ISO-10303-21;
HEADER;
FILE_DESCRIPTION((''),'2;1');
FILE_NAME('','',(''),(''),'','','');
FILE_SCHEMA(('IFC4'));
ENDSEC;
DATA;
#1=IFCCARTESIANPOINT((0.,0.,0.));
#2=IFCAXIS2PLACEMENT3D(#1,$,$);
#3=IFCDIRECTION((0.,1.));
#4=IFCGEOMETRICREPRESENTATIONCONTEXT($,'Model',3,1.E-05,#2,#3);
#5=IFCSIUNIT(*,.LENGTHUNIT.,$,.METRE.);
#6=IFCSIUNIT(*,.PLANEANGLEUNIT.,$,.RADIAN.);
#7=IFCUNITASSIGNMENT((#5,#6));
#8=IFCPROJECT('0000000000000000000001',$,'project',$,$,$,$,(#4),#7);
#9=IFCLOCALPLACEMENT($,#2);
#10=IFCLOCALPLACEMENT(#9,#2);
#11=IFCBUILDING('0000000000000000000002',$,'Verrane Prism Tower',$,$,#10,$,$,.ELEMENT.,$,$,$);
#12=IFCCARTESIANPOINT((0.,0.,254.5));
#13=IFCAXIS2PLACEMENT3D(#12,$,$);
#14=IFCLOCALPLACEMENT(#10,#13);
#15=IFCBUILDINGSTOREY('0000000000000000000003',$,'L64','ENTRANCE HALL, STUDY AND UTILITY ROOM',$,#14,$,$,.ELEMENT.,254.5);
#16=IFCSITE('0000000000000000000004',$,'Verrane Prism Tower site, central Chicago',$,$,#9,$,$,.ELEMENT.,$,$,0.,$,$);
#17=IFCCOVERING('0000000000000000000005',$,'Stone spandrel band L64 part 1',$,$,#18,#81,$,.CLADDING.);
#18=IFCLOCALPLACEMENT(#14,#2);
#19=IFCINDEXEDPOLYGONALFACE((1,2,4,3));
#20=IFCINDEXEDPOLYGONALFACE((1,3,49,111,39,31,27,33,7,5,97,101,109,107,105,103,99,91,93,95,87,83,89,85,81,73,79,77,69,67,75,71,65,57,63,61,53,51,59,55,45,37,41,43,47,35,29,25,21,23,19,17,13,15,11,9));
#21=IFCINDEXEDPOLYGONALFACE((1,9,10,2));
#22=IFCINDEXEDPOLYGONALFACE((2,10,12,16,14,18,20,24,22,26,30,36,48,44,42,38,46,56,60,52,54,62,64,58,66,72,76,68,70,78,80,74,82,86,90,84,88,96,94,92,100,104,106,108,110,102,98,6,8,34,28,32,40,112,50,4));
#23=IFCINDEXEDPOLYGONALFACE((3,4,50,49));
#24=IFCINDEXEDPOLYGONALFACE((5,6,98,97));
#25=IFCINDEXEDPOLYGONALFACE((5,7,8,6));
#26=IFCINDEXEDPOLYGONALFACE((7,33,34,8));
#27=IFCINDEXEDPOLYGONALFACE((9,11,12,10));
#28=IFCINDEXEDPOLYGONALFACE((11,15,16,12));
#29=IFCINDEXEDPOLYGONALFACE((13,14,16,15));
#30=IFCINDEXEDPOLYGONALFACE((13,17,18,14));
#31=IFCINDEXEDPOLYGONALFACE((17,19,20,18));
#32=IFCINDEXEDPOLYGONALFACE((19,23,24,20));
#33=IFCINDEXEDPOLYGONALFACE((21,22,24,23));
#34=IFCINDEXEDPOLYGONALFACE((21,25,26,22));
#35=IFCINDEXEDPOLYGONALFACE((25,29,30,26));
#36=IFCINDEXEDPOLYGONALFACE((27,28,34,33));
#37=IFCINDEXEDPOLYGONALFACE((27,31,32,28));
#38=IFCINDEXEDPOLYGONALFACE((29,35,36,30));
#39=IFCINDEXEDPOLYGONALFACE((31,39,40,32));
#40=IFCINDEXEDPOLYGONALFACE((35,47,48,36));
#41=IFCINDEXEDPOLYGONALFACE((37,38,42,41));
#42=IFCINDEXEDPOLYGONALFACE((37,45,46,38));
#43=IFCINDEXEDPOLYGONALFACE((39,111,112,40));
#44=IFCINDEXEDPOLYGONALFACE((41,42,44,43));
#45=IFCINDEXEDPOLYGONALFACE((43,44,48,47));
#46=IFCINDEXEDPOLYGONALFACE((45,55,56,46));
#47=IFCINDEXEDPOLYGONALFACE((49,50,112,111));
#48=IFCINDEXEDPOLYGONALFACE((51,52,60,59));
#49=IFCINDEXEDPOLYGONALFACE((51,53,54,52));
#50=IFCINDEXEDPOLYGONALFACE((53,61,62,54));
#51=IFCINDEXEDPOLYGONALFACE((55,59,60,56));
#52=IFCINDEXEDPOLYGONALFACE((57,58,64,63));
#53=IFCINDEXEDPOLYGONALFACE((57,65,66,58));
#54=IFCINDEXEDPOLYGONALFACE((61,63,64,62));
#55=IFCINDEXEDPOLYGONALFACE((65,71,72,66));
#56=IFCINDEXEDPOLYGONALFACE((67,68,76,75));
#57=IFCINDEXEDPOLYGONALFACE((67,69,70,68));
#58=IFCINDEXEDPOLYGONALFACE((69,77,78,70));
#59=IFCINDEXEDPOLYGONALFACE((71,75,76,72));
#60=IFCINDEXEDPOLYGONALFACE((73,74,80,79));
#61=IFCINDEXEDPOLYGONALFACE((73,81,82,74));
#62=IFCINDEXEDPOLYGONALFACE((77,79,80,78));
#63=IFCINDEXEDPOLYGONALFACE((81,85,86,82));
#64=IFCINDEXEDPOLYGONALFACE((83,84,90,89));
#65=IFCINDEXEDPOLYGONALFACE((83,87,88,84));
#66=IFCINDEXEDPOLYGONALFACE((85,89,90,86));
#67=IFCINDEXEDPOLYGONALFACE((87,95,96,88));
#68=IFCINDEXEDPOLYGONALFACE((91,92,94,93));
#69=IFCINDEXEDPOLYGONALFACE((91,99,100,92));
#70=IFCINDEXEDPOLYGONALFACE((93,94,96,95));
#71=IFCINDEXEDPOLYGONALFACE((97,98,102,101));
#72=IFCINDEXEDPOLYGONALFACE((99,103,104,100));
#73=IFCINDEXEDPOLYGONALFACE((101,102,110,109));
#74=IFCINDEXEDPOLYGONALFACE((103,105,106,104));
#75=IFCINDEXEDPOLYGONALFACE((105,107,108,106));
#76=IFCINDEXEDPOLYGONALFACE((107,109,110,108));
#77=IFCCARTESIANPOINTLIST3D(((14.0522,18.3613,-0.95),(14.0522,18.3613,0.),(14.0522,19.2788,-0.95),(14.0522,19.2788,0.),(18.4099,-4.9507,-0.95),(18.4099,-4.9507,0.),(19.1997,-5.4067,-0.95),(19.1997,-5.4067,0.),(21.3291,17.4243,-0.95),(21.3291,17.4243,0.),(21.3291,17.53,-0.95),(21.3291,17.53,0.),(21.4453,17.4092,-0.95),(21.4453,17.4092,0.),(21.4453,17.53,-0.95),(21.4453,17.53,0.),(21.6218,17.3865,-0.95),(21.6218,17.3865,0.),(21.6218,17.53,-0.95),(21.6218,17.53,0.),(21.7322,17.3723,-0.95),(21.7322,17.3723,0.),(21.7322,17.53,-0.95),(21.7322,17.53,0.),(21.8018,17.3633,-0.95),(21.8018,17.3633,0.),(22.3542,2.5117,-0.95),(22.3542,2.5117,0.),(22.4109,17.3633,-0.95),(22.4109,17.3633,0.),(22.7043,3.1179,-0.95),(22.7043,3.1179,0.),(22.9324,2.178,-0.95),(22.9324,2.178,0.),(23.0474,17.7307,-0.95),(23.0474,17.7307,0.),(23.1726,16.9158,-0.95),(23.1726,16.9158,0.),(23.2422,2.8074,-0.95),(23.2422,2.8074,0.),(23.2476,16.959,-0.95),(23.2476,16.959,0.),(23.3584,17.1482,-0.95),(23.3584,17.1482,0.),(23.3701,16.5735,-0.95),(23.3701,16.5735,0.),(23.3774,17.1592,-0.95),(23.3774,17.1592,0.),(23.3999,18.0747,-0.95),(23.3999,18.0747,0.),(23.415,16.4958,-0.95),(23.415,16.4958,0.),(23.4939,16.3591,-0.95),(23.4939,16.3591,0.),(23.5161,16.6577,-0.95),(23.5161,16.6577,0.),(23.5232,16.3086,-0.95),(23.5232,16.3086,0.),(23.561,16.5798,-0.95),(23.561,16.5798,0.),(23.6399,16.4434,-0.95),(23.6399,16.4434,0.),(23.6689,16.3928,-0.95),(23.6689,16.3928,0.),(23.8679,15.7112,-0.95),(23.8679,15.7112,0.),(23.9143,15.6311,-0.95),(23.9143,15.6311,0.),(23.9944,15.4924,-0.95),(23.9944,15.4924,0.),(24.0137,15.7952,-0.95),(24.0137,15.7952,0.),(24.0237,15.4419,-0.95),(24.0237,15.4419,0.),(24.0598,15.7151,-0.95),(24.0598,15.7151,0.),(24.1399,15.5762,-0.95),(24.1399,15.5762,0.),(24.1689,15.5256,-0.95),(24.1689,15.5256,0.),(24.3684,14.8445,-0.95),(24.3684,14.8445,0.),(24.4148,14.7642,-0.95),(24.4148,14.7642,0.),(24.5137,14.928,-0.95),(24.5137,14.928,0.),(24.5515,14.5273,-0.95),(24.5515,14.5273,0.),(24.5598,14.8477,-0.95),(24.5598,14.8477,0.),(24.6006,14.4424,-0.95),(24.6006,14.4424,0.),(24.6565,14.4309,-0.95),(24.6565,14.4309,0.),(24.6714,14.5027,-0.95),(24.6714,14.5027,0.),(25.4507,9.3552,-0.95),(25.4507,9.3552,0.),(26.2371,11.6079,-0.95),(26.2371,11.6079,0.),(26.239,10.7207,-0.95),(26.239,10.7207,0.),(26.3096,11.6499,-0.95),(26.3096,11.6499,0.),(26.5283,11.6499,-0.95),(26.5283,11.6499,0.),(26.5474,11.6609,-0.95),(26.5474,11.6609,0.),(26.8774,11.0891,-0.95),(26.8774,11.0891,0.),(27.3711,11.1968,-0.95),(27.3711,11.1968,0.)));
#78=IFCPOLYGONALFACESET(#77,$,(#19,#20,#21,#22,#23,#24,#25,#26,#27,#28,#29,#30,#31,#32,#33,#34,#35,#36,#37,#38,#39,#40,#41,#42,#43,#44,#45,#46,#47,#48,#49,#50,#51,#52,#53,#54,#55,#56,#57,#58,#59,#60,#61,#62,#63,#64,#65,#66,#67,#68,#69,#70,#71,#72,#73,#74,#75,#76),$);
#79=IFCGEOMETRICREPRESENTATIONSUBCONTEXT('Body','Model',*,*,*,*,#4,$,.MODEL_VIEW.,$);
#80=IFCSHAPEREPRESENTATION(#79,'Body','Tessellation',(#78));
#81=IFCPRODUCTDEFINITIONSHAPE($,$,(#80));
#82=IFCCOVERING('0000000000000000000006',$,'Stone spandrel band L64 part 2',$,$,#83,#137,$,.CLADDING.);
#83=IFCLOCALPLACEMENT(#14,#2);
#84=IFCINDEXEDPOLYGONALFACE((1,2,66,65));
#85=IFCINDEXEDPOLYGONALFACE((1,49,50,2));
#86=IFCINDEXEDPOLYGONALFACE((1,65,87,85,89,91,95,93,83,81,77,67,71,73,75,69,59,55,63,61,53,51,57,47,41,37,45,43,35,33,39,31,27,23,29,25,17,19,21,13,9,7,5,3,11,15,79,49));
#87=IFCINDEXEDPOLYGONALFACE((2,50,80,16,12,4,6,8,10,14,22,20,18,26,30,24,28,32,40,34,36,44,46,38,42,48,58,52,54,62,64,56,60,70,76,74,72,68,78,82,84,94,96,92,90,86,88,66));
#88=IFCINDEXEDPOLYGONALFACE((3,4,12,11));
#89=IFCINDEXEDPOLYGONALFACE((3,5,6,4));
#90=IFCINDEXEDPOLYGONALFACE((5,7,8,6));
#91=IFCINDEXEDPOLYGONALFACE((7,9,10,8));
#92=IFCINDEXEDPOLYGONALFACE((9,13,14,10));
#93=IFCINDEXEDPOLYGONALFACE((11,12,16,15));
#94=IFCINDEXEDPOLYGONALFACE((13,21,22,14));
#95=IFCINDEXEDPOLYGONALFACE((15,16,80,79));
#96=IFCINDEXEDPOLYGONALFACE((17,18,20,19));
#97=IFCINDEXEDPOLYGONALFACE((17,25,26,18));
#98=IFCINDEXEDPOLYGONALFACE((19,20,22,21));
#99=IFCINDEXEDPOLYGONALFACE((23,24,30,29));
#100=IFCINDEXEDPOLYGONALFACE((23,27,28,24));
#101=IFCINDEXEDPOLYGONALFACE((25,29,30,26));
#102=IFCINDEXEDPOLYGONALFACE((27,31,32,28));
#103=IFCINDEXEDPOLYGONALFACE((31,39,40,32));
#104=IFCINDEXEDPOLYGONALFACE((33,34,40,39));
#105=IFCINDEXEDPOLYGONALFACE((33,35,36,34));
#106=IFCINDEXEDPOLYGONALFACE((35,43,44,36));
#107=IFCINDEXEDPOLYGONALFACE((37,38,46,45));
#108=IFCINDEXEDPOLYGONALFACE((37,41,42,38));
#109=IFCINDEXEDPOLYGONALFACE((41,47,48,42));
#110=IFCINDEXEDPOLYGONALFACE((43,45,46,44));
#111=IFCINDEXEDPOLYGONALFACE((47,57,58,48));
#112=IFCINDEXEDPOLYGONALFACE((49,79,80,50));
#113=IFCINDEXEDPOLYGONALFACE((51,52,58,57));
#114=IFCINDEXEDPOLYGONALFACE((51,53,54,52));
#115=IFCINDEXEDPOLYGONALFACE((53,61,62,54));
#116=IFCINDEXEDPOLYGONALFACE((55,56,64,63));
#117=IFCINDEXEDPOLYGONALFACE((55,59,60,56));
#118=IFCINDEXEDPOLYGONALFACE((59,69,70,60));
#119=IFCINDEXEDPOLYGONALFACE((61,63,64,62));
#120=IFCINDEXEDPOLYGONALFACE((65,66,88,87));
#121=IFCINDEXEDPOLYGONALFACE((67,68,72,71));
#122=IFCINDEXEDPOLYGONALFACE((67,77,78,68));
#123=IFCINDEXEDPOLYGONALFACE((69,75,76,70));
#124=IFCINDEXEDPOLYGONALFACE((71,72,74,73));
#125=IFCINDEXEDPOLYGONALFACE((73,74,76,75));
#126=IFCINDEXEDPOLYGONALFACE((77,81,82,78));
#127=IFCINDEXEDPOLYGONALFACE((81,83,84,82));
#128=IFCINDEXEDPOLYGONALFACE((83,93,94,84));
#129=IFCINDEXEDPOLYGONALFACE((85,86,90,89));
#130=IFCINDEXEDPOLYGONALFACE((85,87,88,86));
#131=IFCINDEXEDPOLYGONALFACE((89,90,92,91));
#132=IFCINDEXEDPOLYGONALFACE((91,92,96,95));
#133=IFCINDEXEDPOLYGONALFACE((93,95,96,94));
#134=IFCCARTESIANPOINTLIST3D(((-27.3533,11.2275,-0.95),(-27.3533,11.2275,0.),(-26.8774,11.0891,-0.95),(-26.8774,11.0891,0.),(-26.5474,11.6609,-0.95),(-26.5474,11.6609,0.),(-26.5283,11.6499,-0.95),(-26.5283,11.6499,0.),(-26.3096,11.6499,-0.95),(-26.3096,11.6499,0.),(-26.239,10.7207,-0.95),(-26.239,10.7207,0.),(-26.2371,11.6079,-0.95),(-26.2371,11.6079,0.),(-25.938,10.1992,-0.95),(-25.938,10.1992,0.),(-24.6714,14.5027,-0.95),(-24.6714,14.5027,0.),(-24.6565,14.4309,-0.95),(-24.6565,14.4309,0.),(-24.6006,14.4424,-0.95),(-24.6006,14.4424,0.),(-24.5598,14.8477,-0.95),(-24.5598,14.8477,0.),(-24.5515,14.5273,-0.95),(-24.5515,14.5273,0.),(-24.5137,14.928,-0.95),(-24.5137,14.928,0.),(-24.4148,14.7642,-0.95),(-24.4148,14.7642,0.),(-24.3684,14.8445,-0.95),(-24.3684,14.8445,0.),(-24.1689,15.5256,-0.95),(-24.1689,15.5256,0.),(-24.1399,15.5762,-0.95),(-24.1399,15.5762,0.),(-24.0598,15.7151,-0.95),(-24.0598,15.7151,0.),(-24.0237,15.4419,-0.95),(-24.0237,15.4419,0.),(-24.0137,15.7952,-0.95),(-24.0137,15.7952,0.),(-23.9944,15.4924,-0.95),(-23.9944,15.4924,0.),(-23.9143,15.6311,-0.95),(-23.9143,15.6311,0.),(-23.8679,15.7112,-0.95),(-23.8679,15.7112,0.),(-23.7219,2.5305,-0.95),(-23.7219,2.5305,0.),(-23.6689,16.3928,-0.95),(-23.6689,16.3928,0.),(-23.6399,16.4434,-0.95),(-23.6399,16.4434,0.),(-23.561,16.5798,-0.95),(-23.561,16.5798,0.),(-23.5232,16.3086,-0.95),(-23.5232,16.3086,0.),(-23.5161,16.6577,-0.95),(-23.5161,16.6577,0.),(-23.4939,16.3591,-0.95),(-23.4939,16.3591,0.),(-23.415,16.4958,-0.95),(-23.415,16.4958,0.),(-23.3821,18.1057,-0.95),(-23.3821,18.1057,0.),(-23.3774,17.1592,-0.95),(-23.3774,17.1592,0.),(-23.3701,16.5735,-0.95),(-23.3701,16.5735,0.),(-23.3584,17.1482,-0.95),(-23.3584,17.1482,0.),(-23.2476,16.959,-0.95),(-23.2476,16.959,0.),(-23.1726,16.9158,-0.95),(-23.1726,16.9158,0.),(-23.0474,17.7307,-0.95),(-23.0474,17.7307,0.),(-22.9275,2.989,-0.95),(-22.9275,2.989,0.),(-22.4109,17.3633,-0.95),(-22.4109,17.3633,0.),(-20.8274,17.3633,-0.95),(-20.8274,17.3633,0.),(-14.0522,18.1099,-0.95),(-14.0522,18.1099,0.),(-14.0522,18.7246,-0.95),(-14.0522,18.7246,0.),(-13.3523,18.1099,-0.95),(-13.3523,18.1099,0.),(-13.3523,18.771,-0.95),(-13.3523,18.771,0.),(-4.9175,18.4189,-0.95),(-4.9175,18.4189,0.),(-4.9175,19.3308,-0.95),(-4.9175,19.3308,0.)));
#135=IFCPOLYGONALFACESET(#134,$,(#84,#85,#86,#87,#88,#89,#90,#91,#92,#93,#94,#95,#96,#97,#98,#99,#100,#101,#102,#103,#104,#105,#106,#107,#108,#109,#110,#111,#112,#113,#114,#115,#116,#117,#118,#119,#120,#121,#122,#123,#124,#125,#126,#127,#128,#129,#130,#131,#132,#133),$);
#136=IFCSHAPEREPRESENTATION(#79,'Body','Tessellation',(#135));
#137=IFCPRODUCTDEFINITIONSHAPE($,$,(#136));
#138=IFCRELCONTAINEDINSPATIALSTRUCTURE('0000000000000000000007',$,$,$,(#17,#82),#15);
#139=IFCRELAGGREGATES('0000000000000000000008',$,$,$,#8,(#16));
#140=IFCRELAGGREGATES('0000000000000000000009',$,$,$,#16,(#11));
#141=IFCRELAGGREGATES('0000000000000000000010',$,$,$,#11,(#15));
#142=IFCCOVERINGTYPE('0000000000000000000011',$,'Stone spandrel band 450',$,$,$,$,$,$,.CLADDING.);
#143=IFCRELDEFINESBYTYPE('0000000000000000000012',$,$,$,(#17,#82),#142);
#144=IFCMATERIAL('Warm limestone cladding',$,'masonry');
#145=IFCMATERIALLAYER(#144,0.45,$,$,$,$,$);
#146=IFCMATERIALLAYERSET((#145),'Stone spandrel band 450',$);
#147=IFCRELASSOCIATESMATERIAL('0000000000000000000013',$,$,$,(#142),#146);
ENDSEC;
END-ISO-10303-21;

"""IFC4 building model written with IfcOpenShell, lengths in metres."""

from ifc_helpers import new_model, si_unit, direction, frame, origin, place, context, subcontext, project, spatial, polyline, outline, extrude, material, layer, layer_set, type_object, element, save


model = new_model("IFC4")

# Units and contexts
model_context = context("Model", 3, precision=1e-05, world=origin(), true_north=direction((0.0, 1.0)))
body_context = subcontext(model_context, "Body", "Model", "MODEL_VIEW")
ifc_project = project(units=[si_unit("LENGTHUNIT", "METRE"), si_unit("PLANEANGLEUNIT", "RADIAN")], contexts=[model_context])

# Site, building, storey
site_placement = place(None, origin())
site = spatial("IfcSite", under=ifc_project, at=site_placement, Name="Verrane Prism Tower site, central Chicago", CompositionType="ELEMENT", RefElevation=0.0)
building_placement = place(site_placement, origin())
building = spatial("IfcBuilding", under=site, at=building_placement, Name="Verrane Prism Tower", CompositionType="ELEMENT")
storey_placement = place(building_placement, frame((0.0, 0.0, 254.5)))
storey = spatial("IfcBuildingStorey", under=building, at=storey_placement, Name="L64", Description="ENTRANCE HALL, STUDY AND UTILITY ROOM", CompositionType="ELEMENT", Elevation=254.5)

# Coverings
ifc_material_1 = material(Name="Warm limestone cladding", Category="masonry")
ifc_layer_1 = layer(ifc_material_1, 0.45)
ifc_layer_set_1 = layer_set([ifc_layer_1], Name="Stone spandrel band 450")
covering_type_1 = type_object("IfcCoveringType", Name="Stone spandrel band 450", PredefinedType="CLADDING", material=ifc_layer_set_1)
covering_1_placement = place(storey_placement, frame((0.0, 0.0, -0.95)))
element("IfcCovering", 1, at=covering_1_placement, inside=storey, type_object=covering_type_1, Name="Stone spandrel band L64 part 1", PredefinedType="CLADDING", context=body_context, shape_type="SweptSolid", body=[
    extrude(outline(polyline([(14.0522, 18.3613), (21.3291, 17.4243), (21.3291, 17.53), (21.4453, 17.53), (21.4453, 17.4092), (21.6218, 17.3865), (21.6218, 17.53), (21.7322, 17.53), (21.7322, 17.3723), (21.8018, 17.3633), (22.4109, 17.3633), (23.0474, 17.7307), (23.3774, 17.1592), (23.3584, 17.1482), (23.2476, 16.959), (23.1726, 16.9158), (23.3701, 16.5735), (23.5161, 16.6577), (23.561, 16.5798), (23.415, 16.4958), (23.4939, 16.3591), (23.6399, 16.4434), (23.6689, 16.3928), (23.5232, 16.3086), (23.8679, 15.7112), (24.0137, 15.7952), (24.0598, 15.7151), (23.9143, 15.6311), (23.9944, 15.4924), (24.1399, 15.5762), (24.1689, 15.5256), (24.0237, 15.4419), (24.3684, 14.8445), (24.5137, 14.928), (24.5598, 14.8477), (24.4148, 14.7642), (24.5515, 14.5273), (24.6714, 14.5027), (24.6565, 14.4309), (24.6006, 14.4424), (26.2371, 11.6079), (26.3096, 11.6499), (26.5283, 11.6499), (26.5474, 11.6609), (26.8774, 11.0891), (26.239, 10.7207), (25.4507, 9.3552), (18.4099, -4.9507), (19.1997, -5.4067), (22.9324, 2.178), (22.3542, 2.5117), (22.7043, 3.1179), (23.2422, 2.8074), (27.3711, 11.1968), (23.3999, 18.0747), (14.0522, 19.2788), (14.0522, 18.3613)])), origin(), (0.0, 0.0, 1.0), 0.95),
])
covering_2_placement = place(storey_placement, frame((0.0, 0.0, -0.95)))
element("IfcCovering", 2, at=covering_2_placement, inside=storey, type_object=covering_type_1, Name="Stone spandrel band L64 part 2", PredefinedType="CLADDING", context=body_context, shape_type="SweptSolid", body=[
    extrude(outline(polyline([(-22.9275, 2.989), (-25.938, 10.1992), (-26.239, 10.7207), (-26.8774, 11.0891), (-26.5474, 11.6609), (-26.5283, 11.6499), (-26.3096, 11.6499), (-26.2371, 11.6079), (-24.6006, 14.4424), (-24.6565, 14.4309), (-24.6714, 14.5027), (-24.5515, 14.5273), (-24.4148, 14.7642), (-24.5598, 14.8477), (-24.5137, 14.928), (-24.3684, 14.8445), (-24.0237, 15.4419), (-24.1689, 15.5256), (-24.1399, 15.5762), (-23.9944, 15.4924), (-23.9143, 15.6311), (-24.0598, 15.7151), (-24.0137, 15.7952), (-23.8679, 15.7112), (-23.5232, 16.3086), (-23.6689, 16.3928), (-23.6399, 16.4434), (-23.4939, 16.3591), (-23.415, 16.4958), (-23.561, 16.5798), (-23.5161, 16.6577), (-23.3701, 16.5735), (-23.1726, 16.9158), (-23.2476, 16.959), (-23.3584, 17.1482), (-23.3774, 17.1592), (-23.0474, 17.7307), (-22.4109, 17.3633), (-20.8274, 17.3633), (-4.9175, 18.4189), (-4.9175, 19.3308), (-13.3523, 18.771), (-13.3523, 18.1099), (-14.0522, 18.1099), (-14.0522, 18.7246), (-23.3821, 18.1057), (-27.3533, 11.2275), (-23.7219, 2.5305), (-22.9275, 2.989)])), origin(), (0.0, 0.0, 1.0), 0.95),
])

save(model, "model.ifc")
